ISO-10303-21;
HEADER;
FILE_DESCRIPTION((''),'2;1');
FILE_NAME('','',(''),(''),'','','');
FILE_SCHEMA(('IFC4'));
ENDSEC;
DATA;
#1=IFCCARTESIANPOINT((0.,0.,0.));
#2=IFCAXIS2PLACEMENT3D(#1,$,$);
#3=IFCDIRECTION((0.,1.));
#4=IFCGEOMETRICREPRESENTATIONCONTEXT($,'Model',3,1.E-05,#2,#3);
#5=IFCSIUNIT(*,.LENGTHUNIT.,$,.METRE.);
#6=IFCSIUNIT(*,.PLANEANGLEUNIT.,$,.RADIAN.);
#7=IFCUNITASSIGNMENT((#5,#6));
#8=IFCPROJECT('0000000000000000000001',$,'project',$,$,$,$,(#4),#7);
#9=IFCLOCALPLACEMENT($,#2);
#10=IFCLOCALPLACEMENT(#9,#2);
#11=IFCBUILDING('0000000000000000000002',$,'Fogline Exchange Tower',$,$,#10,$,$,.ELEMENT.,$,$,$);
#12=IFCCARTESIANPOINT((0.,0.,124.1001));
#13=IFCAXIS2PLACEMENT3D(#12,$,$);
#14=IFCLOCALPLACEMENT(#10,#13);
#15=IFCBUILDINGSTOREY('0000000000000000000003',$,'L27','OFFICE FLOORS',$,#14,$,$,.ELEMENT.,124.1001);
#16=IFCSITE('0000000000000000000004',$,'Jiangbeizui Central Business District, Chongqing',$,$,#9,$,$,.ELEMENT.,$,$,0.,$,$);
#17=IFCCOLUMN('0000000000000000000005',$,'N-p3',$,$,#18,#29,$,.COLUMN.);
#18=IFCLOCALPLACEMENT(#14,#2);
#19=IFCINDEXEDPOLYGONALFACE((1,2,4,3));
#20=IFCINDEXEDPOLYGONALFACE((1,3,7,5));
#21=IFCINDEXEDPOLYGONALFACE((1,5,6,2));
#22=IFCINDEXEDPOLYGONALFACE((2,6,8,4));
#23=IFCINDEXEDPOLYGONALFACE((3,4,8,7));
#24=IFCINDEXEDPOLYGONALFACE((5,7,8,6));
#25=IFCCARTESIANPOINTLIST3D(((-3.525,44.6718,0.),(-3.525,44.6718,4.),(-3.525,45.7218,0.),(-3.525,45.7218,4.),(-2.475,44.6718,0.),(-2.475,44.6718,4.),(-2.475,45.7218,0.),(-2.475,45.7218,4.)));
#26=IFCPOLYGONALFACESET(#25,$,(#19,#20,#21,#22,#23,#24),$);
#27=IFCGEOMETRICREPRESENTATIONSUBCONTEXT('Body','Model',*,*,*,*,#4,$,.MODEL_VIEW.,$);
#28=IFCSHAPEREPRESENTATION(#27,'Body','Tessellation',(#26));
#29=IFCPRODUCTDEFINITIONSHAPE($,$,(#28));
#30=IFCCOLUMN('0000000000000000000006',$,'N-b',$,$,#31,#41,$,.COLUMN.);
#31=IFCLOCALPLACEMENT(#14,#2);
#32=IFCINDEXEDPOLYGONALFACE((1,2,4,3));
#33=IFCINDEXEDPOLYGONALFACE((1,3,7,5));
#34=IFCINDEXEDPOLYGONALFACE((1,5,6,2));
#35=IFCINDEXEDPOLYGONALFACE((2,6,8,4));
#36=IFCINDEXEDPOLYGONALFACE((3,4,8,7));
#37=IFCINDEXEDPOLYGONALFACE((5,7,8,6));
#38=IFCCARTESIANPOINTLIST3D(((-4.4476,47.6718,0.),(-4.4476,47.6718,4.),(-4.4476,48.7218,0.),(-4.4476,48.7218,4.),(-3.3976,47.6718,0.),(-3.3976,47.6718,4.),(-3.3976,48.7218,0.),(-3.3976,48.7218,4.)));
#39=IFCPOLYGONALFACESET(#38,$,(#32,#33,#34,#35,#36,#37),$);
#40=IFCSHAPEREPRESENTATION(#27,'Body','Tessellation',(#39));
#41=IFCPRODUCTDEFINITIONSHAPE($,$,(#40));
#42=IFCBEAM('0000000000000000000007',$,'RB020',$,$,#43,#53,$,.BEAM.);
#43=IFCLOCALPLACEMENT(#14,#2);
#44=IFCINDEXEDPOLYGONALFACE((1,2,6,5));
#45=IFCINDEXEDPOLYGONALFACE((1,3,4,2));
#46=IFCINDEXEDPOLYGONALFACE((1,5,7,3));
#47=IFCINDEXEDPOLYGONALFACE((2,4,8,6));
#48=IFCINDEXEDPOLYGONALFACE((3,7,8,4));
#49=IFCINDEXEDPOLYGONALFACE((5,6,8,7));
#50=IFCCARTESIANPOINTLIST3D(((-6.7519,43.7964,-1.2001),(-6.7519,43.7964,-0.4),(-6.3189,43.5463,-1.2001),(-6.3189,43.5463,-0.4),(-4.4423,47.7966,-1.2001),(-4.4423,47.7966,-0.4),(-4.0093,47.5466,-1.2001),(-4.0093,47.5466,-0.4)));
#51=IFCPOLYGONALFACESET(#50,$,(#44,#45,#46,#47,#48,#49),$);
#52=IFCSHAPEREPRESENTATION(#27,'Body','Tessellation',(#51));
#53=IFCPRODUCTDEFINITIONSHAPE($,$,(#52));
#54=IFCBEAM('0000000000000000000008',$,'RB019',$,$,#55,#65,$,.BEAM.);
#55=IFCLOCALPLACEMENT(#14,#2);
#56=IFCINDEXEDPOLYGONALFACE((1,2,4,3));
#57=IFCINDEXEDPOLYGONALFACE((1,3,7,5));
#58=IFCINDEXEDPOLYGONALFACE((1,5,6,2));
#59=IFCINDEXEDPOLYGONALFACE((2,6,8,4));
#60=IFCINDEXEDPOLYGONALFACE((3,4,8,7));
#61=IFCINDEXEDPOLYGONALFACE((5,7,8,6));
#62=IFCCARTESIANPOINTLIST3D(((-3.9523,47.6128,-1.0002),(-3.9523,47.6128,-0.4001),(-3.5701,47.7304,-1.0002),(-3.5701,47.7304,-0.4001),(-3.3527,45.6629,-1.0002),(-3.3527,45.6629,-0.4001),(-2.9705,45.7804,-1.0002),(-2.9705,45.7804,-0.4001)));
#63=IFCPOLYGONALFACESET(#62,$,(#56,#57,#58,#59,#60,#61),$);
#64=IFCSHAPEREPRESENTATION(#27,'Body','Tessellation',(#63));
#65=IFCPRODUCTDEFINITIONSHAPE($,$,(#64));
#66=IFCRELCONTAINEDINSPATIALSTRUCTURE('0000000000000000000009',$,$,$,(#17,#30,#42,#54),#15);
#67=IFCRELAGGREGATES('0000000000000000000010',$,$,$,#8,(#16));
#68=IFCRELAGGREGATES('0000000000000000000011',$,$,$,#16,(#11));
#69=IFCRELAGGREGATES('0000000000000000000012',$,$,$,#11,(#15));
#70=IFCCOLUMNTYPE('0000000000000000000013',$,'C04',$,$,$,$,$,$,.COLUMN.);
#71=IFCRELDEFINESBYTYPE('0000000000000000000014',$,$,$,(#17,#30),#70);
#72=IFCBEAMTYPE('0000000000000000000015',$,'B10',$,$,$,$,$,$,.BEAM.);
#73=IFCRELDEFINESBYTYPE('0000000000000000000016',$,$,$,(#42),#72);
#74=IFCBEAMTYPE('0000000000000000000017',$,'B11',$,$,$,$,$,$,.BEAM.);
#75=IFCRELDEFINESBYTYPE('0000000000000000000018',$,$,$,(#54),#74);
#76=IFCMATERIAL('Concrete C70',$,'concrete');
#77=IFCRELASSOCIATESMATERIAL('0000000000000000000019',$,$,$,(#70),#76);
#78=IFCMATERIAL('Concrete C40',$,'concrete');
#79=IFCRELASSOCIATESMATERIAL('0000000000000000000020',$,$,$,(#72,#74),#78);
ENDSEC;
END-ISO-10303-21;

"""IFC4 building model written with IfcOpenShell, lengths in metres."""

from ifc_helpers import new_model, si_unit, direction, frame, origin, origin_2d, place, context, subcontext, project, spatial, rectangle, extrude, material, material_profile, profile_set, type_object, element, save


model = new_model("IFC4")

# Units and contexts
model_context = context("Model", 3, precision=1e-05, world=origin(), true_north=direction((0.0, 1.0)))
body_context = subcontext(model_context, "Body", "Model", "MODEL_VIEW")
ifc_project = project(units=[si_unit("LENGTHUNIT", "METRE"), si_unit("PLANEANGLEUNIT", "RADIAN")], contexts=[model_context])

# Site, building, storey
site_placement = place(None, origin())
site = spatial("IfcSite", under=ifc_project, at=site_placement, Name="Jiangbeizui Central Business District, Chongqing", CompositionType="ELEMENT", RefElevation=0.0)
building_placement = place(site_placement, origin())
building = spatial("IfcBuilding", under=site, at=building_placement, Name="Fogline Exchange Tower", CompositionType="ELEMENT")
storey_placement = place(building_placement, frame((0.0, 0.0, 124.1001)))
storey = spatial("IfcBuildingStorey", under=building, at=storey_placement, Name="L27", Description="OFFICE FLOORS", CompositionType="ELEMENT", Elevation=124.1001)

# Columns
ifc_material_1 = material(Name="Concrete C70", Category="concrete")
ifc_material_profile_1 = material_profile(ifc_material_1, rectangle(XDim=1.05, YDim=1.05, at=origin_2d()), Name="RC 1050x1050")
ifc_profile_set_1 = profile_set([ifc_material_profile_1], Name="Concrete C70")
column_type = type_object("IfcColumnType", Name="C04", PredefinedType="COLUMN", material=ifc_profile_set_1)
for number, where, z_axis, x_axis, name in (
    (1, (-3.0, 45.1968, 0.0), (0.0, 0.0, 1.0), (1.0, 0.0, 0.0), "N-p3"),
    (2, (-3.9226, 48.1968, 0.0), (0.0, 0.0, 1.0), (1.0, 0.0, 0.0), "N-b"),
):
    element("IfcColumn", number, at=place(storey_placement, frame(where, z_axis=z_axis, x_axis=x_axis)), inside=storey, type_object=column_type, Name=name, PredefinedType="COLUMN", context=body_context, shape_type="SweptSolid", body=[
        extrude(rectangle(XDim=1.05, YDim=1.05, at=origin_2d()), origin(), (0.0, 0.0, 1.0), 4.0),
    ])

# Beams
ifc_material_2 = material(Name="Concrete C40", Category="concrete")
ifc_material_profile_2 = material_profile(ifc_material_2, rectangle(XDim=0.5, YDim=0.8, at=origin_2d()), Name="RC 500x800")
ifc_profile_set_2 = profile_set([ifc_material_profile_2], Name="Concrete C40")
beam_type_1 = type_object("IfcBeamType", Name="B10", PredefinedType="BEAM", material=ifc_profile_set_2)
beam_1_placement = place(storey_placement, frame((-4.2258, 47.6716, -0.8), z_axis=(-0.500005, -0.866023, 0.0), x_axis=(0.866023, -0.500005, 0.0)))
element("IfcBeam", 3, at=beam_1_placement, inside=storey, type_object=beam_type_1, Name="RB020", PredefinedType="BEAM", context=body_context, shape_type="SweptSolid", body=[
    extrude(rectangle(XDim=0.5, YDim=0.8, at=origin_2d()), origin(), (0.0, 0.0, 1.0), 4.6191),
])
ifc_material_profile_3 = material_profile(ifc_material_2, rectangle(XDim=0.3999, YDim=0.6001, at=origin_2d()), Name="RC 400x600")
ifc_profile_set_3 = profile_set([ifc_material_profile_3], Name="Concrete C40")
beam_type_2 = type_object("IfcBeamType", Name="B11", PredefinedType="BEAM", material=ifc_profile_set_3)
beam_2_placement = place(storey_placement, frame((-3.1616, 45.7217, -0.7002), z_axis=(-0.293918, 0.955831, 0.0), x_axis=(-0.955831, -0.293918, 0.0)))
element("IfcBeam", 4, at=beam_2_placement, inside=storey, type_object=beam_type_2, Name="RB019", PredefinedType="BEAM", context=body_context, shape_type="SweptSolid", body=[
    extrude(rectangle(XDim=0.3999, YDim=0.6001, at=origin_2d()), origin(), (0.0, 0.0, 1.0), 2.04),
])

save(model, "model.ifc")
